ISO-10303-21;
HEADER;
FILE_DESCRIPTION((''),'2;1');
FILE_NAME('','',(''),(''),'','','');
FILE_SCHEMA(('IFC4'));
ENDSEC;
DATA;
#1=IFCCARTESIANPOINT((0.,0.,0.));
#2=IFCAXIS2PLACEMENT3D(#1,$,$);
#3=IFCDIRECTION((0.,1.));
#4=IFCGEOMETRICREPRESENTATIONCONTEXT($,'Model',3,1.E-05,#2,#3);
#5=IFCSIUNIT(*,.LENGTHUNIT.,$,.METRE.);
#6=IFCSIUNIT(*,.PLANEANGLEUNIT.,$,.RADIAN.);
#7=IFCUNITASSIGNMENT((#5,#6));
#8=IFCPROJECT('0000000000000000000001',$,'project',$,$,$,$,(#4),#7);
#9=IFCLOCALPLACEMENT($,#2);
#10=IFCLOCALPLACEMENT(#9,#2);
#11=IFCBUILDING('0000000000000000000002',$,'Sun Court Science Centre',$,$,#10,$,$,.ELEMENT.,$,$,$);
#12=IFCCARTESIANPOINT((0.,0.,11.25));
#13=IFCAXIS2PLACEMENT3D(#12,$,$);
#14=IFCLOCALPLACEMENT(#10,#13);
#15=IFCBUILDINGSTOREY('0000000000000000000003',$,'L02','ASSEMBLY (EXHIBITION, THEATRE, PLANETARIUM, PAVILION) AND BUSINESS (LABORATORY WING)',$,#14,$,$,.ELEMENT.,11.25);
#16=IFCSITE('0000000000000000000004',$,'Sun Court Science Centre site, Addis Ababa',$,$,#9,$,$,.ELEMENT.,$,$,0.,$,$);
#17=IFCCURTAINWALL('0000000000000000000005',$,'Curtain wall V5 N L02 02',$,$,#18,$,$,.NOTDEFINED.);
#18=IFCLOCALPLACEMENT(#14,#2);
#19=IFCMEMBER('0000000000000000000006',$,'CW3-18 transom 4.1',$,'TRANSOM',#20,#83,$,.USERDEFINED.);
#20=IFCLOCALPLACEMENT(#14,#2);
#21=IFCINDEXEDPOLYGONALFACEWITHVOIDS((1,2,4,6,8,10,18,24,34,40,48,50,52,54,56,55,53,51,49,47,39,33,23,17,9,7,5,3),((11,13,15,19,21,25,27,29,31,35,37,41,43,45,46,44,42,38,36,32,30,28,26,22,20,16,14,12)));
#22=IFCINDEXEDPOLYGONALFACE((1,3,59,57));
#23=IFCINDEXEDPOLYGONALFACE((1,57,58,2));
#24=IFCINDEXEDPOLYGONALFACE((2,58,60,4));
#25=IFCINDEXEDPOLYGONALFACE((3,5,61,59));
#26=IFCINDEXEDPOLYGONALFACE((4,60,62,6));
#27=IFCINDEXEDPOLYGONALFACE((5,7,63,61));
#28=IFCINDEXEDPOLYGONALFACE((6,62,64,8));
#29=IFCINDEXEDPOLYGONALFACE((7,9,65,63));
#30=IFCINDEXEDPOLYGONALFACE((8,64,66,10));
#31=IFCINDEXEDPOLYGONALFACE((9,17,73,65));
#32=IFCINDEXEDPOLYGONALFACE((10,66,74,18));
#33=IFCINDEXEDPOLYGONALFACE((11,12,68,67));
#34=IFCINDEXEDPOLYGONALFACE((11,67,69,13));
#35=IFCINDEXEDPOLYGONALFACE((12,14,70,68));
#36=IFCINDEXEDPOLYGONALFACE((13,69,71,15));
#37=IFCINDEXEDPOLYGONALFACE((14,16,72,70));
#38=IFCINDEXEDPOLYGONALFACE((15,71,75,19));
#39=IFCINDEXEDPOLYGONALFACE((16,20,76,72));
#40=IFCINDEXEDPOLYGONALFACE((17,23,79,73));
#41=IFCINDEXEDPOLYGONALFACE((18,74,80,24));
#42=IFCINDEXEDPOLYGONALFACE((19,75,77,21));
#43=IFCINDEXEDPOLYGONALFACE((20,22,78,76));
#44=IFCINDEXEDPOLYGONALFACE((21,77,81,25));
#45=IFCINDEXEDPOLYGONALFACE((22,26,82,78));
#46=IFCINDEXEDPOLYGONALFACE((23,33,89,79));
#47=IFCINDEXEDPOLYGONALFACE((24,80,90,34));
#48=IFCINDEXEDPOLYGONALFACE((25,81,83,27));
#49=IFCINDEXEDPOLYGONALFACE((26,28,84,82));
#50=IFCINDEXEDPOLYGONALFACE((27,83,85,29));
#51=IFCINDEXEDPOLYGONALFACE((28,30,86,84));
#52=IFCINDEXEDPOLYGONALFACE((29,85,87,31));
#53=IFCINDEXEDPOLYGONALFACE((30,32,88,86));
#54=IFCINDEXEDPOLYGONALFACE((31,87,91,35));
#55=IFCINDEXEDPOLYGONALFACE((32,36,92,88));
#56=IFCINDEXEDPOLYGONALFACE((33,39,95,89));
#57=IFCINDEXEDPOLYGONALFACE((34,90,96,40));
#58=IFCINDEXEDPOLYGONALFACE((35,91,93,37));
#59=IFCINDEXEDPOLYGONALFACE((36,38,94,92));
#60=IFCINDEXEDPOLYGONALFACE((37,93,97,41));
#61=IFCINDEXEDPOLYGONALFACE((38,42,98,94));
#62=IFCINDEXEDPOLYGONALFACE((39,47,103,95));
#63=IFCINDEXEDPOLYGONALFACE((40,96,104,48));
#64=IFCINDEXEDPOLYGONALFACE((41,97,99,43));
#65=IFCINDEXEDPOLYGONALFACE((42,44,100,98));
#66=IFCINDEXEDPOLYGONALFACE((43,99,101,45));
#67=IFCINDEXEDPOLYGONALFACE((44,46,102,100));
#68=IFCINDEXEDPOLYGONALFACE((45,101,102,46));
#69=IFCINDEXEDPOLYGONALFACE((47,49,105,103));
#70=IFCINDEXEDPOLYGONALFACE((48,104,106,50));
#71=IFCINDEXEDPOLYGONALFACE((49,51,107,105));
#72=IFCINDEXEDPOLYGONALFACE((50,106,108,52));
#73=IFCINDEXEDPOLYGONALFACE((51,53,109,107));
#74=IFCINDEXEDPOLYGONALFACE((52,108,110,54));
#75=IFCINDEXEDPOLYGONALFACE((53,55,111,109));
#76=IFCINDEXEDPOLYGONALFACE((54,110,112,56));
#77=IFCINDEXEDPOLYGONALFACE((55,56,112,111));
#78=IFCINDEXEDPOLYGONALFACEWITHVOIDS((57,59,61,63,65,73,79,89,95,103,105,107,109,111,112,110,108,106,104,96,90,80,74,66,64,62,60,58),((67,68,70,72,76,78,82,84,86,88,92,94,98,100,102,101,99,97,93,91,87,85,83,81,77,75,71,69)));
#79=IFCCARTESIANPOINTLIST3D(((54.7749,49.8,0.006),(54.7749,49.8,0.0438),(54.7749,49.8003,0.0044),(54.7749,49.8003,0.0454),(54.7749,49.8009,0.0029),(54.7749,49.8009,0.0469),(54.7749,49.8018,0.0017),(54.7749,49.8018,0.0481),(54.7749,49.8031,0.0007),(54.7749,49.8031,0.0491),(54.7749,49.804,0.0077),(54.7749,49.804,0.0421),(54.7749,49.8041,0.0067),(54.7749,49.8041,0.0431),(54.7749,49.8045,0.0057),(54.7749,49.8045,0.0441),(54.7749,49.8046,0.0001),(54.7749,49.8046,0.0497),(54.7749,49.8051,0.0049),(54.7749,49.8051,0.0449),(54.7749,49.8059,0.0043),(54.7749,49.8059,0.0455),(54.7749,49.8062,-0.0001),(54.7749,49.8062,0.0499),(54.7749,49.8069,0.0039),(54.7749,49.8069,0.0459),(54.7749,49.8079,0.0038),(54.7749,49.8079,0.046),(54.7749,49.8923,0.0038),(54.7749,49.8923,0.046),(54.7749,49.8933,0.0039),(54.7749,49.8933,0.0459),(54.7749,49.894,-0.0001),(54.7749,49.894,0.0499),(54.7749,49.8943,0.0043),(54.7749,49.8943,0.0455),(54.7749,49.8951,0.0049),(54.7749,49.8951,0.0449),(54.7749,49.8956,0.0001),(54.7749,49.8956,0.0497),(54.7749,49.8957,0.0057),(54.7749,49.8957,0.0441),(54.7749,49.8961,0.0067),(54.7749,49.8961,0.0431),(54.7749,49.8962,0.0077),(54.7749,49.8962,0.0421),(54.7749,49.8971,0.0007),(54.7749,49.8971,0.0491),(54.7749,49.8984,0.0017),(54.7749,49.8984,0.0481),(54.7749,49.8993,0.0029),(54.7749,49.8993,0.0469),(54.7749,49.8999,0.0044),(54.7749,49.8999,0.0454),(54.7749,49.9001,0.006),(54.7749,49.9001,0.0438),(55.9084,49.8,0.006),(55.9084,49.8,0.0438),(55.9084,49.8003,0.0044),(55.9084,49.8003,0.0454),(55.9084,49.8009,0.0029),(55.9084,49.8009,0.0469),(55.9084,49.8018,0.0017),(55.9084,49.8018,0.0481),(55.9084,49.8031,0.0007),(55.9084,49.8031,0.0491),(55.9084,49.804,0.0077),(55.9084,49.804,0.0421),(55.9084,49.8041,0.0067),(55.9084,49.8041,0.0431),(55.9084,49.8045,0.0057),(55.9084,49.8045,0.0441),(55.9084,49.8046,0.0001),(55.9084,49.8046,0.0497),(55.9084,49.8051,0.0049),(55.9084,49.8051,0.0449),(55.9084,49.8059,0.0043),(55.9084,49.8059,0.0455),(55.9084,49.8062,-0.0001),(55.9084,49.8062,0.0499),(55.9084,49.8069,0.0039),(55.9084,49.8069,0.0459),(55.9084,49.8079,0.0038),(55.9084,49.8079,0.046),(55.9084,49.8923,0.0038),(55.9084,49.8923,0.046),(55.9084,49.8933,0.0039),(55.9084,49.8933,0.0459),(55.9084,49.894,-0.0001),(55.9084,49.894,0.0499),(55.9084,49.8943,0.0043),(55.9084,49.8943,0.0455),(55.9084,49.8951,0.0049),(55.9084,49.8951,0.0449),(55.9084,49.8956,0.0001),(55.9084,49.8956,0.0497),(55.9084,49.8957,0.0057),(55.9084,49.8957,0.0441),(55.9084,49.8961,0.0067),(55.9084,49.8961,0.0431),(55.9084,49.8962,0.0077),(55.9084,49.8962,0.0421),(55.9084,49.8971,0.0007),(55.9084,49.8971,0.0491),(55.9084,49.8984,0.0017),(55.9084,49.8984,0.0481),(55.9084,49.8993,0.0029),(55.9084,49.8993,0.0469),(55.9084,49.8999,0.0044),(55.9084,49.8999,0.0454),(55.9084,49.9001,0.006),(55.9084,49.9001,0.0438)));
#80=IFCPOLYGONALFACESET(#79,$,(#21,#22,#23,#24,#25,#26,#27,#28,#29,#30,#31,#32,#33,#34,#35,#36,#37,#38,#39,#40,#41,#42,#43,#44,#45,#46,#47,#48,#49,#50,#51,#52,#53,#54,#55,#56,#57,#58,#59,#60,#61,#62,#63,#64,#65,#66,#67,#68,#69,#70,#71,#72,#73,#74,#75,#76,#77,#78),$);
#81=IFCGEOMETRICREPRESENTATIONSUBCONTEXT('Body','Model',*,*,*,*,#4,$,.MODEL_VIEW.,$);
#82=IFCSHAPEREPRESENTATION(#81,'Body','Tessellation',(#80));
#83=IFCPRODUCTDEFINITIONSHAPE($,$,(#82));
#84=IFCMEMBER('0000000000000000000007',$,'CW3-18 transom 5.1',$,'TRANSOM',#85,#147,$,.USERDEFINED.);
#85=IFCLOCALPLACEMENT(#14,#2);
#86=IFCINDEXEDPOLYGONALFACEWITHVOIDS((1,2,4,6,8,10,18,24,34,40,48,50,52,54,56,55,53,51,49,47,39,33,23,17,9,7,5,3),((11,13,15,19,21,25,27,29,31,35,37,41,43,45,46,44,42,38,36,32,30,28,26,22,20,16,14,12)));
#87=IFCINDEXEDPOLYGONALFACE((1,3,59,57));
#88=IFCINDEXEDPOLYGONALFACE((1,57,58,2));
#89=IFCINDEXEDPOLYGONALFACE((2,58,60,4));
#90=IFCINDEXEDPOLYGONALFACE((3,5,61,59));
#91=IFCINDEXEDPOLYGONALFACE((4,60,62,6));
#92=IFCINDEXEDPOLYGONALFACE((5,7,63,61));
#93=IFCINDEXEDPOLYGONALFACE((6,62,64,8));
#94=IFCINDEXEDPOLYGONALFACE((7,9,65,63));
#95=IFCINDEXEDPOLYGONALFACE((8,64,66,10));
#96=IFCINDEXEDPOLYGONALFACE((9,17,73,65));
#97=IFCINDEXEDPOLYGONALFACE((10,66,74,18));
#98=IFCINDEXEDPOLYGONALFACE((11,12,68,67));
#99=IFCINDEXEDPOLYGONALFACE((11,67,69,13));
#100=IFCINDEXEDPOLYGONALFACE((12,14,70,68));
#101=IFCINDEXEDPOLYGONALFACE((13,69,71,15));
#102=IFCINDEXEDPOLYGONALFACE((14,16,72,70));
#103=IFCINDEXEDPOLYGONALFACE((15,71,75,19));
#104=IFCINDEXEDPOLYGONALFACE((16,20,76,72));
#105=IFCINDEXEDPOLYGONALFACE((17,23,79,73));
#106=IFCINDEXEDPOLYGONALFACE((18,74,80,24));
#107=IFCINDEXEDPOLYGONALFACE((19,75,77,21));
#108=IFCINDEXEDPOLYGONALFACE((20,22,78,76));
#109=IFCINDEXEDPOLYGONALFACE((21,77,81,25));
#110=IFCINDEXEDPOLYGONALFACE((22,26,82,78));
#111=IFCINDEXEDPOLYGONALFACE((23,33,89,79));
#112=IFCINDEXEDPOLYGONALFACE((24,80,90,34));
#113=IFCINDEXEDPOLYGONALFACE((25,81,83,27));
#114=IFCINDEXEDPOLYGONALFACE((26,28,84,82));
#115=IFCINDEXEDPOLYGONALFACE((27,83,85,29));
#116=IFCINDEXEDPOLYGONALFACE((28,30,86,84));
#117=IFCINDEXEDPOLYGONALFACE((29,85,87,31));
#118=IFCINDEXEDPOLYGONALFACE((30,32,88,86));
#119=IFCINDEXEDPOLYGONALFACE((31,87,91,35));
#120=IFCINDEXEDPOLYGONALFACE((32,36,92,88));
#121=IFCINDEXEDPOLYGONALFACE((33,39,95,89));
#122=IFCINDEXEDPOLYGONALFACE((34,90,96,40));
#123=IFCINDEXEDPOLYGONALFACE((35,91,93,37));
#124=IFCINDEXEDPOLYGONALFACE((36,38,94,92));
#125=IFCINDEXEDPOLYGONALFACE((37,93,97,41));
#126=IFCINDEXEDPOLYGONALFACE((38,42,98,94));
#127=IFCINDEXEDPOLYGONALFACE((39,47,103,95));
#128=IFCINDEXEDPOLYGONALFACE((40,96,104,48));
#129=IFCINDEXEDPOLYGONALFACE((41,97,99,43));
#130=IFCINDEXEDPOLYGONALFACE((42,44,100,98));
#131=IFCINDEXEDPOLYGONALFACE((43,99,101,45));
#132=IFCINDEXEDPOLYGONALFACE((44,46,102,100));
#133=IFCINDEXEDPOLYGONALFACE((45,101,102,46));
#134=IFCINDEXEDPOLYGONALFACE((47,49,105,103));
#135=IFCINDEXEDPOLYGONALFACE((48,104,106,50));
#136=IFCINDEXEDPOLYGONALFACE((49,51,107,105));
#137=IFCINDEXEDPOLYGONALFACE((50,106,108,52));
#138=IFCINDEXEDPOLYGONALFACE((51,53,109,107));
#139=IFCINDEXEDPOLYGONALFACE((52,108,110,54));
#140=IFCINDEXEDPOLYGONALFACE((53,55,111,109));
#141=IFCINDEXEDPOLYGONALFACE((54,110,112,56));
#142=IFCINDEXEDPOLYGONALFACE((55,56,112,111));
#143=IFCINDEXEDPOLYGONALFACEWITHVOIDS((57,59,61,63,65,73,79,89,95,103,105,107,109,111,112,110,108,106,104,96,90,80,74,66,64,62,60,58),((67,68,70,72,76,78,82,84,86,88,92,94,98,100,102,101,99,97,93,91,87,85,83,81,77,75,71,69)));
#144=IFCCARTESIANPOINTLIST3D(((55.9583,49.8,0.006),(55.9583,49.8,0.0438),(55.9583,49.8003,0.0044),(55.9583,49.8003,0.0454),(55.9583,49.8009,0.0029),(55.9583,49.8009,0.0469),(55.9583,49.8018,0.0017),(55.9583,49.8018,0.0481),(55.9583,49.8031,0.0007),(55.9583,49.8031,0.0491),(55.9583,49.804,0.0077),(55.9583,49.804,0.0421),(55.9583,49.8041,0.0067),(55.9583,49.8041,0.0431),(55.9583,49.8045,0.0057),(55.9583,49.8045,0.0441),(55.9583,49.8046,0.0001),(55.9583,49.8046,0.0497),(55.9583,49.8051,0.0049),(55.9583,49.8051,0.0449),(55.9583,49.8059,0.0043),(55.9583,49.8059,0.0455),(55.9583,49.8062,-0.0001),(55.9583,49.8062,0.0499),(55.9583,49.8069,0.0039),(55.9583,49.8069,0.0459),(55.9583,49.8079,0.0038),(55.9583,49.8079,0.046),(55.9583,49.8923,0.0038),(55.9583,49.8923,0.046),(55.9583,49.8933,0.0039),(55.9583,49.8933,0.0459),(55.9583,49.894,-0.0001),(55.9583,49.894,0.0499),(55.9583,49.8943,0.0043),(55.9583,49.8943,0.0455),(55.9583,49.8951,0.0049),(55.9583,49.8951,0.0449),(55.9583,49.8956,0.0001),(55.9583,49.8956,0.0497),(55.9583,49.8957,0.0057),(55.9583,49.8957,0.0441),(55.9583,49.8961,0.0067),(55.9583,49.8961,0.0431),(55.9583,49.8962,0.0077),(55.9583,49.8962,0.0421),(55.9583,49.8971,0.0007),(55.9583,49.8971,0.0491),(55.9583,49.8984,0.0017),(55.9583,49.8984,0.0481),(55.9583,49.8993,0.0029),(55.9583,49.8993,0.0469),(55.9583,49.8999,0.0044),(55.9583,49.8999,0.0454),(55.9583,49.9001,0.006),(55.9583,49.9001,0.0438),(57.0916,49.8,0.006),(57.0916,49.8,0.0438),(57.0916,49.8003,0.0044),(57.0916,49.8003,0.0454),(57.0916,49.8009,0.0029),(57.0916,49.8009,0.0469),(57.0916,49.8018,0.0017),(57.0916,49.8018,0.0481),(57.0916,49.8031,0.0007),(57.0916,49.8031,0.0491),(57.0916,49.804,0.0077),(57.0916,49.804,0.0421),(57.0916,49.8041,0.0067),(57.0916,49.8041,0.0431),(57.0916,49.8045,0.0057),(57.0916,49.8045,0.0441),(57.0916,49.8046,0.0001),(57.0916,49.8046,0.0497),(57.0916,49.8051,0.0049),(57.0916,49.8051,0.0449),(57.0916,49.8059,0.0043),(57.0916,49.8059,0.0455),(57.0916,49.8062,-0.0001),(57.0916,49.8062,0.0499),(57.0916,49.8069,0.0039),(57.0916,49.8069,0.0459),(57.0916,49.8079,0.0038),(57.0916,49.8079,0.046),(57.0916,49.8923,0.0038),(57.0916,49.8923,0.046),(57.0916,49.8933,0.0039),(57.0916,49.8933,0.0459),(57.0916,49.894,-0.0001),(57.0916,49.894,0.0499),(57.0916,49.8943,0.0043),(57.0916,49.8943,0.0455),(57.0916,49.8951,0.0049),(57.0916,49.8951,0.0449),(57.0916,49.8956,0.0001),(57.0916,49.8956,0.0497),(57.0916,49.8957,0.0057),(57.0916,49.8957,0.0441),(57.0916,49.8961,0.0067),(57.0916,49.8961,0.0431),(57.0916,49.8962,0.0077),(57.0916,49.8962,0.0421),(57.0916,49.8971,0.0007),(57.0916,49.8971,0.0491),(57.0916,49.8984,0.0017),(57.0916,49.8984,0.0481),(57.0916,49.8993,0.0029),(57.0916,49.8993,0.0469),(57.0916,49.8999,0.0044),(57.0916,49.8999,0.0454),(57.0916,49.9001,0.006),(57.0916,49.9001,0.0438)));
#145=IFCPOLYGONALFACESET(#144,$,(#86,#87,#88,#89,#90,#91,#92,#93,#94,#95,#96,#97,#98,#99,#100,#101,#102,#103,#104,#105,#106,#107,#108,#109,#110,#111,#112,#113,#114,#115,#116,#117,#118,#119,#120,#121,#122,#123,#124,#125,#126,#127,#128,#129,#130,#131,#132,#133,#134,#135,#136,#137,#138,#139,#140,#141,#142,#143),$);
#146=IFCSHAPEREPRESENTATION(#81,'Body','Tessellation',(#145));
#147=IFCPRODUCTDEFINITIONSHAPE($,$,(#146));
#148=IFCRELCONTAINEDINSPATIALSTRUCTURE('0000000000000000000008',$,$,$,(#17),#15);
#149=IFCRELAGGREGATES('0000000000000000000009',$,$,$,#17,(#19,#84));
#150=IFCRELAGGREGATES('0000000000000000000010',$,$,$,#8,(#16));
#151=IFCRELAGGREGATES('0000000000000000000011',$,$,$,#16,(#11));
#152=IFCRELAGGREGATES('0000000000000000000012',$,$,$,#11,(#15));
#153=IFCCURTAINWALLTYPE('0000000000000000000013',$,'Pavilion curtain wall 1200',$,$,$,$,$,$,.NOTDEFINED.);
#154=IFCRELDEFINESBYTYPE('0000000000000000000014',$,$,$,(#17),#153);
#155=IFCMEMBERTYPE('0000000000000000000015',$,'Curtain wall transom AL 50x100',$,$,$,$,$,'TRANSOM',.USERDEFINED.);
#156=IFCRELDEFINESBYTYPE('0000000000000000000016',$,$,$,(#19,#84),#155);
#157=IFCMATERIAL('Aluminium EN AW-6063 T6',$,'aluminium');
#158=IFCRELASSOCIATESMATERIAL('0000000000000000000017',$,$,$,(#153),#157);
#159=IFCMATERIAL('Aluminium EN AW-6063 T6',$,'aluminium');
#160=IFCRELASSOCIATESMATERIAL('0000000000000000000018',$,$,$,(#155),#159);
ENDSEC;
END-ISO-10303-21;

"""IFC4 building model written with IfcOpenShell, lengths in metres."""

from ifc_helpers import new_model, si_unit, direction, frame, origin, origin_2d, place, context, subcontext, project, spatial, hollow_rectangle, extrude, material, material_profile, profile_set, type_object, element, aggregate, save


model = new_model("IFC4")

# Units and contexts
model_context = context("Model", 3, precision=1e-05, world=origin(), true_north=direction((0.0, 1.0)))
body_context = subcontext(model_context, "Body", "Model", "MODEL_VIEW")
ifc_project = project(units=[si_unit("LENGTHUNIT", "METRE"), si_unit("PLANEANGLEUNIT", "RADIAN")], contexts=[model_context])

# Site, building, storey
site_placement = place(None, origin())
site = spatial("IfcSite", under=ifc_project, at=site_placement, Name="Sun Court Science Centre site, Addis Ababa", CompositionType="ELEMENT", RefElevation=0.0)
building_placement = place(site_placement, origin())
building = spatial("IfcBuilding", under=site, at=building_placement, Name="Sun Court Science Centre", CompositionType="ELEMENT")
storey_placement = place(building_placement, frame((0.0, 0.0, 11.25)))
storey = spatial("IfcBuildingStorey", under=building, at=storey_placement, Name="L02", Description="ASSEMBLY (EXHIBITION, THEATRE, PLANETARIUM, PAVILION) AND BUSINESS (LABORATORY WING)", CompositionType="ELEMENT", Elevation=11.25)

# Curtain wall, members
ifc_material_1 = material(Name="Aluminium EN AW-6063 T6", Category="aluminium")
curtain_wall_type = type_object("IfcCurtainWallType", Name="Pavilion curtain wall 1200", PredefinedType="NOTDEFINED", material=ifc_material_1)
curtain_wall_placement = place(storey_placement, origin())
curtain_wall = element("IfcCurtainWall", 1, at=curtain_wall_placement, inside=storey, type_object=curtain_wall_type, Name="Curtain wall V5 N L02 02", PredefinedType="NOTDEFINED")
ifc_material_2 = material(Name="Aluminium EN AW-6063 T6", Category="aluminium")
ifc_material_profile_1 = material_profile(ifc_material_2, hollow_rectangle(XDim=0.05, YDim=0.1001, WallThickness=0.0039, InnerFilletRadius=0.0039, OuterFilletRadius=0.0061, at=origin_2d()), Name="AL 50x100x4")
ifc_profile_set_1 = profile_set([ifc_material_profile_1], Name="Aluminium EN AW-6063 T6")
member_type_1 = type_object("IfcMemberType", Name="Curtain wall transom AL 50x100", ElementType="TRANSOM", PredefinedType="USERDEFINED", material=ifc_profile_set_1)
member_1_placement = place(storey_placement, frame((54.7749, 49.8501, 0.0249), z_axis=(1.0, 0.0, 0.0), x_axis=(0.0, 0.0, 1.0)))
member_1 = element("IfcMember", 2, at=member_1_placement, type_object=member_type_1, Name="CW3-18 transom 4.1", ObjectType="TRANSOM", PredefinedType="USERDEFINED", context=body_context, shape_type="SweptSolid", body=[
    extrude(hollow_rectangle(XDim=0.05, YDim=0.1001, WallThickness=0.0039, InnerFilletRadius=0.0039, OuterFilletRadius=0.0061, at=origin_2d()), origin(), (0.0, 0.0, 1.0), 1.1335),
])
member_2_placement = place(storey_placement, frame((55.9583, 49.8501, 0.0249), z_axis=(1.0, 0.0, 0.0), x_axis=(0.0, 0.0, 1.0)))
member_2 = element("IfcMember", 3, at=member_2_placement, type_object=member_type_1, Name="CW3-18 transom 5.1", ObjectType="TRANSOM", PredefinedType="USERDEFINED", context=body_context, shape_type="SweptSolid", body=[
    extrude(hollow_rectangle(XDim=0.05, YDim=0.1001, WallThickness=0.0039, InnerFilletRadius=0.0039, OuterFilletRadius=0.0061, at=origin_2d()), origin(), (0.0, 0.0, 1.0), 1.1333),
])

aggregate(curtain_wall, [member_1, member_2])

save(model, "model.ifc")
